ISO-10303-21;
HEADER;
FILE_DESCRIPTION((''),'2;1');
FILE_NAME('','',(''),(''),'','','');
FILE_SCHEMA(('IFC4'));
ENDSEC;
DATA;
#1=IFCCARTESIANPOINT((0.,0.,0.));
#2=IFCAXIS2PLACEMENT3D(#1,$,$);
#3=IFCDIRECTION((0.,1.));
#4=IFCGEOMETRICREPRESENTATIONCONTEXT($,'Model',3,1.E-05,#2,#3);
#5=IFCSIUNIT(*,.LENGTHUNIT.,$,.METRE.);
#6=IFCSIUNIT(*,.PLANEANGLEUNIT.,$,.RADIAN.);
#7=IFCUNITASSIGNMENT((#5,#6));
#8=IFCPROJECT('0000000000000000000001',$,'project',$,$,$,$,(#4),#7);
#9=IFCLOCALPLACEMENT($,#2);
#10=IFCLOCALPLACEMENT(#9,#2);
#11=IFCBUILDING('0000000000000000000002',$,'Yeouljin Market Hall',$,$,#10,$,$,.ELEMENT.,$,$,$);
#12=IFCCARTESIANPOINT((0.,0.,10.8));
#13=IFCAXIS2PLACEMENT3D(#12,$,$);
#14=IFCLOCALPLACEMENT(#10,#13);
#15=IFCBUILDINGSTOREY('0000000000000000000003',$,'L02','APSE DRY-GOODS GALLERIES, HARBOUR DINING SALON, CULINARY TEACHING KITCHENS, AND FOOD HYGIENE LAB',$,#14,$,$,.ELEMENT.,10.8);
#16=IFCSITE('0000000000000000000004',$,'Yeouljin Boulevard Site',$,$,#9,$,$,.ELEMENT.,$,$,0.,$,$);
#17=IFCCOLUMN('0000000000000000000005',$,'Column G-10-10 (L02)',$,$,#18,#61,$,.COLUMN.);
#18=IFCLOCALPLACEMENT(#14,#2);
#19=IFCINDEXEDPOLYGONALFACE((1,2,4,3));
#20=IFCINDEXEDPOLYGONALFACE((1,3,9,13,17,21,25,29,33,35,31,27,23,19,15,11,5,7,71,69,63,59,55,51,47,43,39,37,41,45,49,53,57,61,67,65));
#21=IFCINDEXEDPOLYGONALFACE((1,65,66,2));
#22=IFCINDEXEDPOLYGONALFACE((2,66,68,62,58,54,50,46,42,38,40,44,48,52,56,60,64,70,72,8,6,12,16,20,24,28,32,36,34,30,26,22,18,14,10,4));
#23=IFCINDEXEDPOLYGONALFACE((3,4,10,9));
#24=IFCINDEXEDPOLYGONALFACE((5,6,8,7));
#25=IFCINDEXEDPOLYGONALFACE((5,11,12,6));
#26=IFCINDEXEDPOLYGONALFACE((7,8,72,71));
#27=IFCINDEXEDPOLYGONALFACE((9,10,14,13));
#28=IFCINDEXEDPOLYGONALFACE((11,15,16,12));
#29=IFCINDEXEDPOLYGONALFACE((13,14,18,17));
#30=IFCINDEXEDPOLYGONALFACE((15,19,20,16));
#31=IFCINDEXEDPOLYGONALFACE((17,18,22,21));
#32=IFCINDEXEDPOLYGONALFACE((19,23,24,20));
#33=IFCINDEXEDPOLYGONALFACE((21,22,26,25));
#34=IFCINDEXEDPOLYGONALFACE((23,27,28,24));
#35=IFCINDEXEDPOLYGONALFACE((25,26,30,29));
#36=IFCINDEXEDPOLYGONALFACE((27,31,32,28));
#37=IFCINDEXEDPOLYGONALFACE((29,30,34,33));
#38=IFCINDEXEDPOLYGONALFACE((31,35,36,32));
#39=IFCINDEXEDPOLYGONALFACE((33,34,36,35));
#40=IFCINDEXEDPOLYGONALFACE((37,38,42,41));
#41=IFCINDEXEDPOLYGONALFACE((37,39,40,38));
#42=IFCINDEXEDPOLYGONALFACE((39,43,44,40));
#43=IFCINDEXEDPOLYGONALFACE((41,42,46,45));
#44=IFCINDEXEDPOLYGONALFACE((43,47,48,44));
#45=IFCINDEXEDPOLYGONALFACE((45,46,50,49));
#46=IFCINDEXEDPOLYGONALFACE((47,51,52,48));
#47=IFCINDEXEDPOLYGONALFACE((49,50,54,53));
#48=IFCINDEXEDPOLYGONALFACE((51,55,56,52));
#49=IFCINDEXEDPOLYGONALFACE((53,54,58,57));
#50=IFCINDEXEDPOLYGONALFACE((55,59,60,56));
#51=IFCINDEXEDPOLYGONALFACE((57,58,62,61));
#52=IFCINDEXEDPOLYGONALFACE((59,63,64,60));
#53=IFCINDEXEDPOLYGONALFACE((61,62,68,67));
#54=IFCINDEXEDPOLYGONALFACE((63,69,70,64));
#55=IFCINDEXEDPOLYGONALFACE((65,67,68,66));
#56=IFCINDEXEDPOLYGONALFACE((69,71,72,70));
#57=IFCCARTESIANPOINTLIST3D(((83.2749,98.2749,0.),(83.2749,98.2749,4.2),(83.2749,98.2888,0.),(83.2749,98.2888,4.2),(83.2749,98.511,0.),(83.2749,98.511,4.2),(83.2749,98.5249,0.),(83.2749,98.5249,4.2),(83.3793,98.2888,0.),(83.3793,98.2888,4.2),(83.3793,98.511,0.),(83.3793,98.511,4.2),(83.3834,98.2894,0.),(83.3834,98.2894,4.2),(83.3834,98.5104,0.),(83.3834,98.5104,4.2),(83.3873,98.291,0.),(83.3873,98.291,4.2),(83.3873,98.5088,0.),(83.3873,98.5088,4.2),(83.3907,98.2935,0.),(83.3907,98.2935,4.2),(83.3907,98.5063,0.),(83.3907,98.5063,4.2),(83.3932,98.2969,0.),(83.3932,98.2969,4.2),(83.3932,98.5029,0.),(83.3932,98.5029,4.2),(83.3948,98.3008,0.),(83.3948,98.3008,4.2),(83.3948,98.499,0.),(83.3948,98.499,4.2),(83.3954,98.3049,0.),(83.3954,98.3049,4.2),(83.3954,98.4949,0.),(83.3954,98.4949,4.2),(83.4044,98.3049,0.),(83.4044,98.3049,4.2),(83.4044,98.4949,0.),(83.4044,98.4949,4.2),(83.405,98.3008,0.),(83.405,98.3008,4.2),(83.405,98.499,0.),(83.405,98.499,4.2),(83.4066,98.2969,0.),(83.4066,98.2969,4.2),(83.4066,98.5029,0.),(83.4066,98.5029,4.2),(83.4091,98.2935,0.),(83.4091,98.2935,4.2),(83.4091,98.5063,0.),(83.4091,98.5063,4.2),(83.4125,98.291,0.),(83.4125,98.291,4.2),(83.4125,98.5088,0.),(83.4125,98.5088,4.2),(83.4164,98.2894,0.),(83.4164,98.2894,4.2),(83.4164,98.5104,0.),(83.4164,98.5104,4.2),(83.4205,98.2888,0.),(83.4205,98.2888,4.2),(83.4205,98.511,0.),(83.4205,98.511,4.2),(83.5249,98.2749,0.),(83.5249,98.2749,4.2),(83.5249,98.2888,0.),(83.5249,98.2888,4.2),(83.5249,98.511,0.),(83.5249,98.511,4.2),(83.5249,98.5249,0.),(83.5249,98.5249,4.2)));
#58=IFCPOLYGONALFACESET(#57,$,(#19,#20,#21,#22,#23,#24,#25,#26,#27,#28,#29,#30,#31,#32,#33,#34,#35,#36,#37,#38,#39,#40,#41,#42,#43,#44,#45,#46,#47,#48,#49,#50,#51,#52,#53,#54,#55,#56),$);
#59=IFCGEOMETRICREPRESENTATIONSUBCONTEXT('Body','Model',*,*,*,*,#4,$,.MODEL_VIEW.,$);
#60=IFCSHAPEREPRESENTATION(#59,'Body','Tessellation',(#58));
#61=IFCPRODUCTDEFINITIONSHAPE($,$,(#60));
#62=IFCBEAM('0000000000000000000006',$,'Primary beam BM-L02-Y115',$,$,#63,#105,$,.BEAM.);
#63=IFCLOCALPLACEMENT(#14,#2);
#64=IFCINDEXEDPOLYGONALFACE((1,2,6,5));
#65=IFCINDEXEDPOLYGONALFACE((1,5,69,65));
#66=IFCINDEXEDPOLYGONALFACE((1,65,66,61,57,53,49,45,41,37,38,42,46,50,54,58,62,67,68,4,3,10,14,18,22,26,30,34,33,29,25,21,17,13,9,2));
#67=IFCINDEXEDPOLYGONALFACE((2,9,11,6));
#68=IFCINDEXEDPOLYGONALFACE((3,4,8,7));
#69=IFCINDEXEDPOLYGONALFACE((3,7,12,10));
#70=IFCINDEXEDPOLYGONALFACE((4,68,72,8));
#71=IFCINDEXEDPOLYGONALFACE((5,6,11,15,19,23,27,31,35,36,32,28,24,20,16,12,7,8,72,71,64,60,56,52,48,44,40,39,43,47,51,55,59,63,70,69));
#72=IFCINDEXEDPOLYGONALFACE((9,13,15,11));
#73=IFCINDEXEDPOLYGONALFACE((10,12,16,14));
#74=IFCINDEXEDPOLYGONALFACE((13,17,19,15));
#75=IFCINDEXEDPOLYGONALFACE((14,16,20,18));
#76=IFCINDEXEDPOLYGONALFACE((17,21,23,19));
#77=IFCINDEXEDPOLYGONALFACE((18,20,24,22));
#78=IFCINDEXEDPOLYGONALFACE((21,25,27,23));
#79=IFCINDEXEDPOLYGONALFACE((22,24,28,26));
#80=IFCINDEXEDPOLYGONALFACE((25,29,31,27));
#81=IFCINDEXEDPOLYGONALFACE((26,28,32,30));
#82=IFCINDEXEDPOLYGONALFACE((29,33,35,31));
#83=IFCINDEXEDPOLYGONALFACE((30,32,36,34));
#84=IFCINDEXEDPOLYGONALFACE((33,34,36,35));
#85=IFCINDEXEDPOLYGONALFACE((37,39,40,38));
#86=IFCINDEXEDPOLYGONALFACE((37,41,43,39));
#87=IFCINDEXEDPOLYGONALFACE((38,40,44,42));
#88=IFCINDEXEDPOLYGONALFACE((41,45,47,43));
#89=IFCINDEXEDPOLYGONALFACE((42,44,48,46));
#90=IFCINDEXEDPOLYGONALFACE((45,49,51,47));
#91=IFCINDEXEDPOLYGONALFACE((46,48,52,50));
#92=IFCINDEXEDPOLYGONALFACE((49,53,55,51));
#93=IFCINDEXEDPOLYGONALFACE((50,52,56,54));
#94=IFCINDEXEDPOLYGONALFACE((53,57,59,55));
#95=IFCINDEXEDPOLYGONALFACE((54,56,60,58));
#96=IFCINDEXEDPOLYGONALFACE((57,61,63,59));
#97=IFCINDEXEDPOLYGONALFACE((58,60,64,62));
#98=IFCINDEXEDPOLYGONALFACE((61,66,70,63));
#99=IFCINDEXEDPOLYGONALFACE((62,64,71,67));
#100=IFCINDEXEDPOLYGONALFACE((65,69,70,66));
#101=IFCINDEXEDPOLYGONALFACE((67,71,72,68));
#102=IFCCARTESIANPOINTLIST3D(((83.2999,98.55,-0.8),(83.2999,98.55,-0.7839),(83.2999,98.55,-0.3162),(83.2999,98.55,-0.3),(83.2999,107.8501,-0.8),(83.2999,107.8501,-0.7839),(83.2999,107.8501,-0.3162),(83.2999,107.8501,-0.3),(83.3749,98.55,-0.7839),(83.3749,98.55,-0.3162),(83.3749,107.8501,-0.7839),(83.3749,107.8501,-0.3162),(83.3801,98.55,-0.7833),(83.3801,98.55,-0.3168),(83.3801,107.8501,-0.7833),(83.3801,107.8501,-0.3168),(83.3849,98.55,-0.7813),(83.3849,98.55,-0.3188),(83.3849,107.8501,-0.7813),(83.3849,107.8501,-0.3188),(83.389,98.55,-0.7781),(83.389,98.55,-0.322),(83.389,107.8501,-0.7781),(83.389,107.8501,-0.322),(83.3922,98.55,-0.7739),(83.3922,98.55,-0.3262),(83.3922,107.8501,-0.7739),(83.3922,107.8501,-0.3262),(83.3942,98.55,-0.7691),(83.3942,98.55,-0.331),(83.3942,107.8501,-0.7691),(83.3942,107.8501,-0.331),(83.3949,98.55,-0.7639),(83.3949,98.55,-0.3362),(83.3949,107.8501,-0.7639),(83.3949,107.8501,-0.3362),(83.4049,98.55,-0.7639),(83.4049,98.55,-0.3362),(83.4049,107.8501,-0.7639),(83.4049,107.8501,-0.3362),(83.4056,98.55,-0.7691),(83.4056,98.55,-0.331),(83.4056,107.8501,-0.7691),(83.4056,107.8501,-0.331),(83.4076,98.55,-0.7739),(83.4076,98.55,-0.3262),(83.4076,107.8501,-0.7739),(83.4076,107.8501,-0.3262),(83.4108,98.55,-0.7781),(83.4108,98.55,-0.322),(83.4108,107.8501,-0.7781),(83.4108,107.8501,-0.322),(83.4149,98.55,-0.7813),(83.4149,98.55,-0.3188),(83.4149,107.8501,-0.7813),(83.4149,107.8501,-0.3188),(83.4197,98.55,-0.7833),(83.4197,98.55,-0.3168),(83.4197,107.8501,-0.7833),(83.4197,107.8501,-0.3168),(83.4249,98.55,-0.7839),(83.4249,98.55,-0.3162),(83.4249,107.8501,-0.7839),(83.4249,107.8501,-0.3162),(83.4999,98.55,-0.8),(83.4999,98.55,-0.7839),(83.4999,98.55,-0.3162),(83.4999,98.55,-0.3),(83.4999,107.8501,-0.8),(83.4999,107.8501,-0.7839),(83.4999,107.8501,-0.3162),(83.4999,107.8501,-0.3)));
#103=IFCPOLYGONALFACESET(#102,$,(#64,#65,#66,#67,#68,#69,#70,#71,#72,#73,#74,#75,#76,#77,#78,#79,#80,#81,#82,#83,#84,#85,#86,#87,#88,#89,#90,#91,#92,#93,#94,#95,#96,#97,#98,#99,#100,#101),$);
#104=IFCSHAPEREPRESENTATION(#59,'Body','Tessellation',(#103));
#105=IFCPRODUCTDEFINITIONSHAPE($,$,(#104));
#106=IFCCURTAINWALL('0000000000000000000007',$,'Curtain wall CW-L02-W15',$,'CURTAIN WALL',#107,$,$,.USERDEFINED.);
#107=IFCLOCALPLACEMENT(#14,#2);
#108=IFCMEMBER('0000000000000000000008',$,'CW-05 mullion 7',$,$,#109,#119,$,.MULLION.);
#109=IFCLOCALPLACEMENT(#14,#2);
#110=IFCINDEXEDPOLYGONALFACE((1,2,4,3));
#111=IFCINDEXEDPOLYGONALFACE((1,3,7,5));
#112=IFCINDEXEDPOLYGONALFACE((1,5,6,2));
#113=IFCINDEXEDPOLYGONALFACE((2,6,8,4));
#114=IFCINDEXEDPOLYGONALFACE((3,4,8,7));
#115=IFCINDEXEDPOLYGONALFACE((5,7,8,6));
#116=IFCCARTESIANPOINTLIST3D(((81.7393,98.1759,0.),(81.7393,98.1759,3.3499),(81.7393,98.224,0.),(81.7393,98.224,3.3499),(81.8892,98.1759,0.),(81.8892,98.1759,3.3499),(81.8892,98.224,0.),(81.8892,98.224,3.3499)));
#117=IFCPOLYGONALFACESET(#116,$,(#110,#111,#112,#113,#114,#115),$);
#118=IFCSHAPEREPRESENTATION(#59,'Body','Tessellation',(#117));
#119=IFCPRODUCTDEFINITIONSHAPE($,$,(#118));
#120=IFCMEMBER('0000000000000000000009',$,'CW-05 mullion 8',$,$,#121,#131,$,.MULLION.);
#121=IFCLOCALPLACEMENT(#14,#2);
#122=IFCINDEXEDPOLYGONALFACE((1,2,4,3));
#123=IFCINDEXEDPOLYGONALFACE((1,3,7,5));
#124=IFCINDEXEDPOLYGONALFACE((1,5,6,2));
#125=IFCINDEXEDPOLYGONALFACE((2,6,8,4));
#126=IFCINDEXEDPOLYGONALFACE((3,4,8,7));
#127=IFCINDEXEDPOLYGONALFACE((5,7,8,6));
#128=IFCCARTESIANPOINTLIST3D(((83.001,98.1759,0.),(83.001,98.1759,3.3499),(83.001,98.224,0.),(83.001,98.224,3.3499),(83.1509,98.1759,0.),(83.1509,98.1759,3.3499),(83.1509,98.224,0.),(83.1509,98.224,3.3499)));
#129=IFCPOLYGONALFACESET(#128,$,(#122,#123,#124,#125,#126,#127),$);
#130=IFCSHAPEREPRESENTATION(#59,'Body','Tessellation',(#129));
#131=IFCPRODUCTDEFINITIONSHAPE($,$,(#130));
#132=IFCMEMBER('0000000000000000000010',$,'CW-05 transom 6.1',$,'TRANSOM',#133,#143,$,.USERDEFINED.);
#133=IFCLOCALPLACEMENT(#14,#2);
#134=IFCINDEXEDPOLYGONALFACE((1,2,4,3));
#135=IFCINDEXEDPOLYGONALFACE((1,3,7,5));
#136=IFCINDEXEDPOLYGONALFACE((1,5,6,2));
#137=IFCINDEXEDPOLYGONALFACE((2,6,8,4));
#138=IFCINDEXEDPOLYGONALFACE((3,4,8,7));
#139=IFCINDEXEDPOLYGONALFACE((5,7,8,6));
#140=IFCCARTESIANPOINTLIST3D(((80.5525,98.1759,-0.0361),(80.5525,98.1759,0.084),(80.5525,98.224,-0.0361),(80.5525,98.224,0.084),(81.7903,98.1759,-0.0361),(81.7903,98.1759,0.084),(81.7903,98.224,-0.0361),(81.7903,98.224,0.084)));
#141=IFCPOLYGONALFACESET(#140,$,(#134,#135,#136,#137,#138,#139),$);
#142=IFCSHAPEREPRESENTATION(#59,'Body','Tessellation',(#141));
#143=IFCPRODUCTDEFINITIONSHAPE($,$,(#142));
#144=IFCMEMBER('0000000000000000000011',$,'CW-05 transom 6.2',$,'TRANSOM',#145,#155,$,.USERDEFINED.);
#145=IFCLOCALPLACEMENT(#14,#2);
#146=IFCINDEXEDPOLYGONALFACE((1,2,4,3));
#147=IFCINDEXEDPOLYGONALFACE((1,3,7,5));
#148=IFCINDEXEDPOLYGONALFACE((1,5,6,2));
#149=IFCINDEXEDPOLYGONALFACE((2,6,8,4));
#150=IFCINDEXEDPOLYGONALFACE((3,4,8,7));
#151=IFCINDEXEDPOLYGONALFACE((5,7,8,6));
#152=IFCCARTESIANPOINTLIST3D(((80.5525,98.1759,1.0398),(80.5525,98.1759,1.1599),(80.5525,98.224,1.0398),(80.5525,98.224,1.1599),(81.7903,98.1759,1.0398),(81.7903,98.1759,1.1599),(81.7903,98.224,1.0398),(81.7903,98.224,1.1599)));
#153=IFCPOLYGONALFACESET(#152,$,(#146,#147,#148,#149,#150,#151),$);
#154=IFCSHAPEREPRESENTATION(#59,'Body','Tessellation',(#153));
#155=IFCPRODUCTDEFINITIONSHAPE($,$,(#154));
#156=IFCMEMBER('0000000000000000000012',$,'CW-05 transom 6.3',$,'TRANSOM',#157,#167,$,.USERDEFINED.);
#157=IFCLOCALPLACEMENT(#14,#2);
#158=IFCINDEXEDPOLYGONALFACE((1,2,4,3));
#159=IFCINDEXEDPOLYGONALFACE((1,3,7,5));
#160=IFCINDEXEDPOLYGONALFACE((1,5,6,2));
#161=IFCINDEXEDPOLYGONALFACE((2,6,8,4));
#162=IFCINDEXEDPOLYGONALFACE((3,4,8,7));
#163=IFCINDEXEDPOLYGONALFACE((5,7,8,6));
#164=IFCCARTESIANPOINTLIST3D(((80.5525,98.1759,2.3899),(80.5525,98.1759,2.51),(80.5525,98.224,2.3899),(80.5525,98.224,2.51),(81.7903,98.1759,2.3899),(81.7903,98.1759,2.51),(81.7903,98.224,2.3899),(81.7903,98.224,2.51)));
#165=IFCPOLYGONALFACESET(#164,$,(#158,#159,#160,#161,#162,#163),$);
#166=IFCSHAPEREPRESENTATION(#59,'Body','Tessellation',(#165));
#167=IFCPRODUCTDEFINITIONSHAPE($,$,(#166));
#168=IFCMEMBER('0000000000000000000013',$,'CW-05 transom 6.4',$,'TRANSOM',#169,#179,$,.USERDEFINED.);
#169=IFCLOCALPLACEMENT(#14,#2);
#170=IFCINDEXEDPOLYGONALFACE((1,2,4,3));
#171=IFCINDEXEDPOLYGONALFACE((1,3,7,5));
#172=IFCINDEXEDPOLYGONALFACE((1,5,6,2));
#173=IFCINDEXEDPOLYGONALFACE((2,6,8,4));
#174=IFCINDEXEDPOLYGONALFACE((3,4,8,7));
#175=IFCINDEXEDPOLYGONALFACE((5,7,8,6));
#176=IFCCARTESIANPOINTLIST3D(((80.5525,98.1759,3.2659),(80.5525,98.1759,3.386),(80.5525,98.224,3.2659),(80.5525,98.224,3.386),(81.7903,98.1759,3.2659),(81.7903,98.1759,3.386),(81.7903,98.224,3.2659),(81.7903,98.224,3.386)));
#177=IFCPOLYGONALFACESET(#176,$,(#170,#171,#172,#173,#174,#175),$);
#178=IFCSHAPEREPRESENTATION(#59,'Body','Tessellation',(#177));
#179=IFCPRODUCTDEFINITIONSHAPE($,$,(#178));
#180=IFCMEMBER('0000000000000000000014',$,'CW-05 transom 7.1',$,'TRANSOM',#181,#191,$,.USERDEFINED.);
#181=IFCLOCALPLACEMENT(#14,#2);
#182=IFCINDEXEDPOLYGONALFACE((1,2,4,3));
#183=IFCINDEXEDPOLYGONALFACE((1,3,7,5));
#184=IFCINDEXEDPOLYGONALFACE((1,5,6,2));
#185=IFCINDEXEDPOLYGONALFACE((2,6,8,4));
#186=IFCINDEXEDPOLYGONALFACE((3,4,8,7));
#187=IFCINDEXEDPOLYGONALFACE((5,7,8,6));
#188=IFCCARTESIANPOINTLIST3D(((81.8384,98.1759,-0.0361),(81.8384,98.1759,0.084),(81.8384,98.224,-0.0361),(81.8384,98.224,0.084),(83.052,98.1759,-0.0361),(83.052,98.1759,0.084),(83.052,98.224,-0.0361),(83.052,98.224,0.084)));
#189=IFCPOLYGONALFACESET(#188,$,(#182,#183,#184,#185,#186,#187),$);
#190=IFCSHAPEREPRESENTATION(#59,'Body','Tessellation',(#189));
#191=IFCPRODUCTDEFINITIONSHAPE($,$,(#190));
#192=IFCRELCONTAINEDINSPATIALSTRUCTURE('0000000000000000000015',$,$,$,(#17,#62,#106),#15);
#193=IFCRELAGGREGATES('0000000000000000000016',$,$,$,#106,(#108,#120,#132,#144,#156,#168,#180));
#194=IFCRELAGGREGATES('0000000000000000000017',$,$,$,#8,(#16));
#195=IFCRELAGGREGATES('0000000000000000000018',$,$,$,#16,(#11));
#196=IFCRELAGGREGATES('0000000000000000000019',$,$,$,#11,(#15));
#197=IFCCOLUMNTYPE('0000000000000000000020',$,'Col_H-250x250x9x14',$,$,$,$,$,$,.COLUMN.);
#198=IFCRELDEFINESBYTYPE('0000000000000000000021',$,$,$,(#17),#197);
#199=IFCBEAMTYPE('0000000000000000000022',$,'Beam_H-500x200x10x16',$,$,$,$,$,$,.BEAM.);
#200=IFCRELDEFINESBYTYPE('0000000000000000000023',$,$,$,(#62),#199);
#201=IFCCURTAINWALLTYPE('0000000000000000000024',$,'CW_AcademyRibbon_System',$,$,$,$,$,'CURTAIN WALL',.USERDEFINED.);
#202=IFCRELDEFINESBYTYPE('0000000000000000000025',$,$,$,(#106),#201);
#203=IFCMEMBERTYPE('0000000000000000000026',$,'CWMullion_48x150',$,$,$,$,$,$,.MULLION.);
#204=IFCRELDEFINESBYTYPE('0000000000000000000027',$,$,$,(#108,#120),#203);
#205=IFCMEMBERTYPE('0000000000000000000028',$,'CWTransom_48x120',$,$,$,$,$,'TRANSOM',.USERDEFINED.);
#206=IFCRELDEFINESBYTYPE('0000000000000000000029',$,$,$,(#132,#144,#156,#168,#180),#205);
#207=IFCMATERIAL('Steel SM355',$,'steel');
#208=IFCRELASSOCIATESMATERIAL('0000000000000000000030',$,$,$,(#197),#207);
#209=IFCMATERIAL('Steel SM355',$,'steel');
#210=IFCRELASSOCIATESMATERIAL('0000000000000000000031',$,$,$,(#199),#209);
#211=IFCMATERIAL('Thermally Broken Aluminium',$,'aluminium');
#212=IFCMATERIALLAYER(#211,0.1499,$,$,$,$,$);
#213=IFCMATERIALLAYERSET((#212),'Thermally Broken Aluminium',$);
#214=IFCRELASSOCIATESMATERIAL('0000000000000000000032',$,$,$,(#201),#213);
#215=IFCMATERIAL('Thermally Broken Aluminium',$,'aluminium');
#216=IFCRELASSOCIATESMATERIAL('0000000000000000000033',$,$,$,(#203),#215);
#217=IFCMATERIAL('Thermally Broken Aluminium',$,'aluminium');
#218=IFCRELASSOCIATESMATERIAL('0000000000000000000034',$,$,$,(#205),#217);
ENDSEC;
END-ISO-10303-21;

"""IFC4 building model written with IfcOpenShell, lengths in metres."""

from ifc_helpers import new_model, si_unit, direction, frame, origin, origin_2d, place, context, subcontext, project, spatial, rectangle, i_section, extrude, material, layer, layer_set, material_profile, profile_set, type_object, element, aggregate, save


model = new_model("IFC4")

# Units and contexts
model_context = context("Model", 3, precision=1e-05, world=origin(), true_north=direction((0.0, 1.0)))
body_context = subcontext(model_context, "Body", "Model", "MODEL_VIEW")
ifc_project = project(units=[si_unit("LENGTHUNIT", "METRE"), si_unit("PLANEANGLEUNIT", "RADIAN")], contexts=[model_context])

# Site, building, storey
site_placement = place(None, origin())
site = spatial("IfcSite", under=ifc_project, at=site_placement, Name="Yeouljin Boulevard Site", CompositionType="ELEMENT", RefElevation=0.0)
building_placement = place(site_placement, origin())
building = spatial("IfcBuilding", under=site, at=building_placement, Name="Yeouljin Market Hall", CompositionType="ELEMENT")
storey_placement = place(building_placement, frame((0.0, 0.0, 10.8)))
storey = spatial("IfcBuildingStorey", under=building, at=storey_placement, Name="L02", Description="APSE DRY-GOODS GALLERIES, HARBOUR DINING SALON, CULINARY TEACHING KITCHENS, AND FOOD HYGIENE LAB", CompositionType="ELEMENT", Elevation=10.8)

# Column
ifc_material_1 = material(Name="Steel SM355", Category="steel")
ifc_material_profile_1 = material_profile(ifc_material_1, i_section(OverallWidth=0.25, OverallDepth=0.25, WebThickness=0.009, FlangeThickness=0.0139, FilletRadius=0.0161, at=origin_2d()), Name="H-250x250x9x14")
ifc_profile_set_1 = profile_set([ifc_material_profile_1], Name="Steel SM355")
column_type = type_object("IfcColumnType", Name="Col_H-250x250x9x14", PredefinedType="COLUMN", material=ifc_profile_set_1)
column_placement = place(storey_placement, frame((83.3999, 98.3999, 0.0), z_axis=(0.0, 0.0, 1.0), x_axis=(1.0, 0.0, 0.0)))
element("IfcColumn", 1, at=column_placement, inside=storey, type_object=column_type, Name="Column G-10-10 (L02)", PredefinedType="COLUMN", context=body_context, shape_type="SweptSolid", body=[
    extrude(i_section(OverallWidth=0.25, OverallDepth=0.25, WebThickness=0.009, FlangeThickness=0.0139, FilletRadius=0.0161, at=origin_2d()), origin(), (0.0, 0.0, 1.0), 4.2),
])

# Beam
ifc_material_2 = material(Name="Steel SM355", Category="steel")
ifc_material_profile_2 = material_profile(ifc_material_2, i_section(OverallWidth=0.2, OverallDepth=0.5, WebThickness=0.01, FlangeThickness=0.0161, FilletRadius=0.02, at=origin_2d()), Name="H-500x200x10x16")
ifc_profile_set_2 = profile_set([ifc_material_profile_2], Name="Steel SM355")
beam_type_1 = type_object("IfcBeamType", Name="Beam_H-500x200x10x16", PredefinedType="BEAM", material=ifc_profile_set_2)
beam_1_placement = place(storey_placement, frame((83.3999, 98.55, -0.55), z_axis=(0.0, 1.0, 0.0), x_axis=(-1.0, 0.0, 0.0)))
element("IfcBeam", 2, at=beam_1_placement, inside=storey, type_object=beam_type_1, Name="Primary beam BM-L02-Y115", PredefinedType="BEAM", context=body_context, shape_type="SweptSolid", body=[
    extrude(i_section(OverallWidth=0.2, OverallDepth=0.5, WebThickness=0.01, FlangeThickness=0.0161, FilletRadius=0.02, at=origin_2d()), origin(), (0.0, 0.0, 1.0), 9.3),
])

# Curtain wall, members
ifc_material_3 = material(Name="Thermally Broken Aluminium", Category="aluminium")
ifc_layer_1 = layer(ifc_material_3, 0.1499)
ifc_layer_set_1 = layer_set([ifc_layer_1], Name="Thermally Broken Aluminium")
curtain_wall_type = type_object("IfcCurtainWallType", Name="CW_AcademyRibbon_System", ElementType="CURTAIN WALL", PredefinedType="USERDEFINED", material=ifc_layer_set_1)
curtain_wall_placement = place(storey_placement, origin())
curtain_wall = element("IfcCurtainWall", 3, at=curtain_wall_placement, inside=storey, type_object=curtain_wall_type, Name="Curtain wall CW-L02-W15", ObjectType="CURTAIN WALL", PredefinedType="USERDEFINED")
ifc_material_4 = material(Name="Thermally Broken Aluminium", Category="aluminium")
ifc_material_profile_3 = material_profile(ifc_material_4, rectangle(XDim=0.0481, YDim=0.1499, at=origin_2d()), Name="CW-MULL-48x150")
ifc_profile_set_3 = profile_set([ifc_material_profile_3], Name="Thermally Broken Aluminium")
member_type_1 = type_object("IfcMemberType", Name="CWMullion_48x150", PredefinedType="MULLION", material=ifc_profile_set_3)
member_1_placement = place(storey_placement, frame((81.8142, 98.2, 0.0), z_axis=(0.0, 0.0, 1.0), x_axis=(0.0, 1.0, 0.0)))
member_1 = element("IfcMember", 4, at=member_1_placement, type_object=member_type_1, Name="CW-05 mullion 7", PredefinedType="MULLION", context=body_context, shape_type="SweptSolid", body=[
    extrude(rectangle(XDim=0.0481, YDim=0.1499, at=origin_2d()), origin(), (0.0, 0.0, 1.0), 3.3499),
])
member_2_placement = place(storey_placement, frame((83.0759, 98.2, 0.0), z_axis=(0.0, 0.0, 1.0), x_axis=(0.0, 1.0, 0.0)))
member_2 = element("IfcMember", 5, at=member_2_placement, type_object=member_type_1, Name="CW-05 mullion 8", PredefinedType="MULLION", context=body_context, shape_type="SweptSolid", body=[
    extrude(rectangle(XDim=0.0481, YDim=0.1499, at=origin_2d()), origin(), (0.0, 0.0, 1.0), 3.3499),
])
ifc_material_5 = material(Name="Thermally Broken Aluminium", Category="aluminium")
ifc_material_profile_4 = material_profile(ifc_material_5, rectangle(XDim=0.0481, YDim=0.1201, at=origin_2d()), Name="CW-TRAN-48x120")
ifc_profile_set_4 = profile_set([ifc_material_profile_4], Name="Thermally Broken Aluminium")
member_type_2 = type_object("IfcMemberType", Name="CWTransom_48x120", ElementType="TRANSOM", PredefinedType="USERDEFINED", material=ifc_profile_set_4)
member_3_placement = place(storey_placement, frame((80.5525, 98.2, 0.0239), z_axis=(1.0, 0.0, 0.0), x_axis=(0.0, 1.0, 0.0)))
member_3 = element("IfcMember", 6, at=member_3_placement, type_object=member_type_2, Name="CW-05 transom 6.1", ObjectType="TRANSOM", PredefinedType="USERDEFINED", context=body_context, shape_type="SweptSolid", body=[
    extrude(rectangle(XDim=0.0481, YDim=0.1201, at=origin_2d()), origin(), (0.0, 0.0, 1.0), 1.2378),
])
member_4_placement = place(storey_placement, frame((80.5525, 98.2, 1.0999), z_axis=(1.0, 0.0, 0.0), x_axis=(0.0, 1.0, 0.0)))
member_4 = element("IfcMember", 7, at=member_4_placement, type_object=member_type_2, Name="CW-05 transom 6.2", ObjectType="TRANSOM", PredefinedType="USERDEFINED", context=body_context, shape_type="SweptSolid", body=[
    extrude(rectangle(XDim=0.0481, YDim=0.1201, at=origin_2d()), origin(), (0.0, 0.0, 1.0), 1.2378),
])
member_5_placement = place(storey_placement, frame((80.5525, 98.2, 2.45), z_axis=(1.0, 0.0, 0.0), x_axis=(0.0, 1.0, 0.0)))
member_5 = element("IfcMember", 8, at=member_5_placement, type_object=member_type_2, Name="CW-05 transom 6.3", ObjectType="TRANSOM", PredefinedType="USERDEFINED", context=body_context, shape_type="SweptSolid", body=[
    extrude(rectangle(XDim=0.0481, YDim=0.1201, at=origin_2d()), origin(), (0.0, 0.0, 1.0), 1.2378),
])
member_6_placement = place(storey_placement, frame((80.5525, 98.2, 3.3259), z_axis=(1.0, 0.0, 0.0), x_axis=(0.0, 1.0, 0.0)))
member_6 = element("IfcMember", 9, at=member_6_placement, type_object=member_type_2, Name="CW-05 transom 6.4", ObjectType="TRANSOM", PredefinedType="USERDEFINED", context=body_context, shape_type="SweptSolid", body=[
    extrude(rectangle(XDim=0.0481, YDim=0.1201, at=origin_2d()), origin(), (0.0, 0.0, 1.0), 1.2378),
])
member_7_placement = place(storey_placement, frame((81.8384, 98.2, 0.0239), z_axis=(1.0, 0.0, 0.0), x_axis=(0.0, 1.0, 0.0)))
member_7 = element("IfcMember", 10, at=member_7_placement, type_object=member_type_2, Name="CW-05 transom 7.1", ObjectType="TRANSOM", PredefinedType="USERDEFINED", context=body_context, shape_type="SweptSolid", body=[
    extrude(rectangle(XDim=0.0481, YDim=0.1201, at=origin_2d()), origin(), (0.0, 0.0, 1.0), 1.2136),
])

aggregate(curtain_wall, [member_1, member_2, member_3, member_4, member_5, member_6, member_7])

save(model, "model.ifc")
